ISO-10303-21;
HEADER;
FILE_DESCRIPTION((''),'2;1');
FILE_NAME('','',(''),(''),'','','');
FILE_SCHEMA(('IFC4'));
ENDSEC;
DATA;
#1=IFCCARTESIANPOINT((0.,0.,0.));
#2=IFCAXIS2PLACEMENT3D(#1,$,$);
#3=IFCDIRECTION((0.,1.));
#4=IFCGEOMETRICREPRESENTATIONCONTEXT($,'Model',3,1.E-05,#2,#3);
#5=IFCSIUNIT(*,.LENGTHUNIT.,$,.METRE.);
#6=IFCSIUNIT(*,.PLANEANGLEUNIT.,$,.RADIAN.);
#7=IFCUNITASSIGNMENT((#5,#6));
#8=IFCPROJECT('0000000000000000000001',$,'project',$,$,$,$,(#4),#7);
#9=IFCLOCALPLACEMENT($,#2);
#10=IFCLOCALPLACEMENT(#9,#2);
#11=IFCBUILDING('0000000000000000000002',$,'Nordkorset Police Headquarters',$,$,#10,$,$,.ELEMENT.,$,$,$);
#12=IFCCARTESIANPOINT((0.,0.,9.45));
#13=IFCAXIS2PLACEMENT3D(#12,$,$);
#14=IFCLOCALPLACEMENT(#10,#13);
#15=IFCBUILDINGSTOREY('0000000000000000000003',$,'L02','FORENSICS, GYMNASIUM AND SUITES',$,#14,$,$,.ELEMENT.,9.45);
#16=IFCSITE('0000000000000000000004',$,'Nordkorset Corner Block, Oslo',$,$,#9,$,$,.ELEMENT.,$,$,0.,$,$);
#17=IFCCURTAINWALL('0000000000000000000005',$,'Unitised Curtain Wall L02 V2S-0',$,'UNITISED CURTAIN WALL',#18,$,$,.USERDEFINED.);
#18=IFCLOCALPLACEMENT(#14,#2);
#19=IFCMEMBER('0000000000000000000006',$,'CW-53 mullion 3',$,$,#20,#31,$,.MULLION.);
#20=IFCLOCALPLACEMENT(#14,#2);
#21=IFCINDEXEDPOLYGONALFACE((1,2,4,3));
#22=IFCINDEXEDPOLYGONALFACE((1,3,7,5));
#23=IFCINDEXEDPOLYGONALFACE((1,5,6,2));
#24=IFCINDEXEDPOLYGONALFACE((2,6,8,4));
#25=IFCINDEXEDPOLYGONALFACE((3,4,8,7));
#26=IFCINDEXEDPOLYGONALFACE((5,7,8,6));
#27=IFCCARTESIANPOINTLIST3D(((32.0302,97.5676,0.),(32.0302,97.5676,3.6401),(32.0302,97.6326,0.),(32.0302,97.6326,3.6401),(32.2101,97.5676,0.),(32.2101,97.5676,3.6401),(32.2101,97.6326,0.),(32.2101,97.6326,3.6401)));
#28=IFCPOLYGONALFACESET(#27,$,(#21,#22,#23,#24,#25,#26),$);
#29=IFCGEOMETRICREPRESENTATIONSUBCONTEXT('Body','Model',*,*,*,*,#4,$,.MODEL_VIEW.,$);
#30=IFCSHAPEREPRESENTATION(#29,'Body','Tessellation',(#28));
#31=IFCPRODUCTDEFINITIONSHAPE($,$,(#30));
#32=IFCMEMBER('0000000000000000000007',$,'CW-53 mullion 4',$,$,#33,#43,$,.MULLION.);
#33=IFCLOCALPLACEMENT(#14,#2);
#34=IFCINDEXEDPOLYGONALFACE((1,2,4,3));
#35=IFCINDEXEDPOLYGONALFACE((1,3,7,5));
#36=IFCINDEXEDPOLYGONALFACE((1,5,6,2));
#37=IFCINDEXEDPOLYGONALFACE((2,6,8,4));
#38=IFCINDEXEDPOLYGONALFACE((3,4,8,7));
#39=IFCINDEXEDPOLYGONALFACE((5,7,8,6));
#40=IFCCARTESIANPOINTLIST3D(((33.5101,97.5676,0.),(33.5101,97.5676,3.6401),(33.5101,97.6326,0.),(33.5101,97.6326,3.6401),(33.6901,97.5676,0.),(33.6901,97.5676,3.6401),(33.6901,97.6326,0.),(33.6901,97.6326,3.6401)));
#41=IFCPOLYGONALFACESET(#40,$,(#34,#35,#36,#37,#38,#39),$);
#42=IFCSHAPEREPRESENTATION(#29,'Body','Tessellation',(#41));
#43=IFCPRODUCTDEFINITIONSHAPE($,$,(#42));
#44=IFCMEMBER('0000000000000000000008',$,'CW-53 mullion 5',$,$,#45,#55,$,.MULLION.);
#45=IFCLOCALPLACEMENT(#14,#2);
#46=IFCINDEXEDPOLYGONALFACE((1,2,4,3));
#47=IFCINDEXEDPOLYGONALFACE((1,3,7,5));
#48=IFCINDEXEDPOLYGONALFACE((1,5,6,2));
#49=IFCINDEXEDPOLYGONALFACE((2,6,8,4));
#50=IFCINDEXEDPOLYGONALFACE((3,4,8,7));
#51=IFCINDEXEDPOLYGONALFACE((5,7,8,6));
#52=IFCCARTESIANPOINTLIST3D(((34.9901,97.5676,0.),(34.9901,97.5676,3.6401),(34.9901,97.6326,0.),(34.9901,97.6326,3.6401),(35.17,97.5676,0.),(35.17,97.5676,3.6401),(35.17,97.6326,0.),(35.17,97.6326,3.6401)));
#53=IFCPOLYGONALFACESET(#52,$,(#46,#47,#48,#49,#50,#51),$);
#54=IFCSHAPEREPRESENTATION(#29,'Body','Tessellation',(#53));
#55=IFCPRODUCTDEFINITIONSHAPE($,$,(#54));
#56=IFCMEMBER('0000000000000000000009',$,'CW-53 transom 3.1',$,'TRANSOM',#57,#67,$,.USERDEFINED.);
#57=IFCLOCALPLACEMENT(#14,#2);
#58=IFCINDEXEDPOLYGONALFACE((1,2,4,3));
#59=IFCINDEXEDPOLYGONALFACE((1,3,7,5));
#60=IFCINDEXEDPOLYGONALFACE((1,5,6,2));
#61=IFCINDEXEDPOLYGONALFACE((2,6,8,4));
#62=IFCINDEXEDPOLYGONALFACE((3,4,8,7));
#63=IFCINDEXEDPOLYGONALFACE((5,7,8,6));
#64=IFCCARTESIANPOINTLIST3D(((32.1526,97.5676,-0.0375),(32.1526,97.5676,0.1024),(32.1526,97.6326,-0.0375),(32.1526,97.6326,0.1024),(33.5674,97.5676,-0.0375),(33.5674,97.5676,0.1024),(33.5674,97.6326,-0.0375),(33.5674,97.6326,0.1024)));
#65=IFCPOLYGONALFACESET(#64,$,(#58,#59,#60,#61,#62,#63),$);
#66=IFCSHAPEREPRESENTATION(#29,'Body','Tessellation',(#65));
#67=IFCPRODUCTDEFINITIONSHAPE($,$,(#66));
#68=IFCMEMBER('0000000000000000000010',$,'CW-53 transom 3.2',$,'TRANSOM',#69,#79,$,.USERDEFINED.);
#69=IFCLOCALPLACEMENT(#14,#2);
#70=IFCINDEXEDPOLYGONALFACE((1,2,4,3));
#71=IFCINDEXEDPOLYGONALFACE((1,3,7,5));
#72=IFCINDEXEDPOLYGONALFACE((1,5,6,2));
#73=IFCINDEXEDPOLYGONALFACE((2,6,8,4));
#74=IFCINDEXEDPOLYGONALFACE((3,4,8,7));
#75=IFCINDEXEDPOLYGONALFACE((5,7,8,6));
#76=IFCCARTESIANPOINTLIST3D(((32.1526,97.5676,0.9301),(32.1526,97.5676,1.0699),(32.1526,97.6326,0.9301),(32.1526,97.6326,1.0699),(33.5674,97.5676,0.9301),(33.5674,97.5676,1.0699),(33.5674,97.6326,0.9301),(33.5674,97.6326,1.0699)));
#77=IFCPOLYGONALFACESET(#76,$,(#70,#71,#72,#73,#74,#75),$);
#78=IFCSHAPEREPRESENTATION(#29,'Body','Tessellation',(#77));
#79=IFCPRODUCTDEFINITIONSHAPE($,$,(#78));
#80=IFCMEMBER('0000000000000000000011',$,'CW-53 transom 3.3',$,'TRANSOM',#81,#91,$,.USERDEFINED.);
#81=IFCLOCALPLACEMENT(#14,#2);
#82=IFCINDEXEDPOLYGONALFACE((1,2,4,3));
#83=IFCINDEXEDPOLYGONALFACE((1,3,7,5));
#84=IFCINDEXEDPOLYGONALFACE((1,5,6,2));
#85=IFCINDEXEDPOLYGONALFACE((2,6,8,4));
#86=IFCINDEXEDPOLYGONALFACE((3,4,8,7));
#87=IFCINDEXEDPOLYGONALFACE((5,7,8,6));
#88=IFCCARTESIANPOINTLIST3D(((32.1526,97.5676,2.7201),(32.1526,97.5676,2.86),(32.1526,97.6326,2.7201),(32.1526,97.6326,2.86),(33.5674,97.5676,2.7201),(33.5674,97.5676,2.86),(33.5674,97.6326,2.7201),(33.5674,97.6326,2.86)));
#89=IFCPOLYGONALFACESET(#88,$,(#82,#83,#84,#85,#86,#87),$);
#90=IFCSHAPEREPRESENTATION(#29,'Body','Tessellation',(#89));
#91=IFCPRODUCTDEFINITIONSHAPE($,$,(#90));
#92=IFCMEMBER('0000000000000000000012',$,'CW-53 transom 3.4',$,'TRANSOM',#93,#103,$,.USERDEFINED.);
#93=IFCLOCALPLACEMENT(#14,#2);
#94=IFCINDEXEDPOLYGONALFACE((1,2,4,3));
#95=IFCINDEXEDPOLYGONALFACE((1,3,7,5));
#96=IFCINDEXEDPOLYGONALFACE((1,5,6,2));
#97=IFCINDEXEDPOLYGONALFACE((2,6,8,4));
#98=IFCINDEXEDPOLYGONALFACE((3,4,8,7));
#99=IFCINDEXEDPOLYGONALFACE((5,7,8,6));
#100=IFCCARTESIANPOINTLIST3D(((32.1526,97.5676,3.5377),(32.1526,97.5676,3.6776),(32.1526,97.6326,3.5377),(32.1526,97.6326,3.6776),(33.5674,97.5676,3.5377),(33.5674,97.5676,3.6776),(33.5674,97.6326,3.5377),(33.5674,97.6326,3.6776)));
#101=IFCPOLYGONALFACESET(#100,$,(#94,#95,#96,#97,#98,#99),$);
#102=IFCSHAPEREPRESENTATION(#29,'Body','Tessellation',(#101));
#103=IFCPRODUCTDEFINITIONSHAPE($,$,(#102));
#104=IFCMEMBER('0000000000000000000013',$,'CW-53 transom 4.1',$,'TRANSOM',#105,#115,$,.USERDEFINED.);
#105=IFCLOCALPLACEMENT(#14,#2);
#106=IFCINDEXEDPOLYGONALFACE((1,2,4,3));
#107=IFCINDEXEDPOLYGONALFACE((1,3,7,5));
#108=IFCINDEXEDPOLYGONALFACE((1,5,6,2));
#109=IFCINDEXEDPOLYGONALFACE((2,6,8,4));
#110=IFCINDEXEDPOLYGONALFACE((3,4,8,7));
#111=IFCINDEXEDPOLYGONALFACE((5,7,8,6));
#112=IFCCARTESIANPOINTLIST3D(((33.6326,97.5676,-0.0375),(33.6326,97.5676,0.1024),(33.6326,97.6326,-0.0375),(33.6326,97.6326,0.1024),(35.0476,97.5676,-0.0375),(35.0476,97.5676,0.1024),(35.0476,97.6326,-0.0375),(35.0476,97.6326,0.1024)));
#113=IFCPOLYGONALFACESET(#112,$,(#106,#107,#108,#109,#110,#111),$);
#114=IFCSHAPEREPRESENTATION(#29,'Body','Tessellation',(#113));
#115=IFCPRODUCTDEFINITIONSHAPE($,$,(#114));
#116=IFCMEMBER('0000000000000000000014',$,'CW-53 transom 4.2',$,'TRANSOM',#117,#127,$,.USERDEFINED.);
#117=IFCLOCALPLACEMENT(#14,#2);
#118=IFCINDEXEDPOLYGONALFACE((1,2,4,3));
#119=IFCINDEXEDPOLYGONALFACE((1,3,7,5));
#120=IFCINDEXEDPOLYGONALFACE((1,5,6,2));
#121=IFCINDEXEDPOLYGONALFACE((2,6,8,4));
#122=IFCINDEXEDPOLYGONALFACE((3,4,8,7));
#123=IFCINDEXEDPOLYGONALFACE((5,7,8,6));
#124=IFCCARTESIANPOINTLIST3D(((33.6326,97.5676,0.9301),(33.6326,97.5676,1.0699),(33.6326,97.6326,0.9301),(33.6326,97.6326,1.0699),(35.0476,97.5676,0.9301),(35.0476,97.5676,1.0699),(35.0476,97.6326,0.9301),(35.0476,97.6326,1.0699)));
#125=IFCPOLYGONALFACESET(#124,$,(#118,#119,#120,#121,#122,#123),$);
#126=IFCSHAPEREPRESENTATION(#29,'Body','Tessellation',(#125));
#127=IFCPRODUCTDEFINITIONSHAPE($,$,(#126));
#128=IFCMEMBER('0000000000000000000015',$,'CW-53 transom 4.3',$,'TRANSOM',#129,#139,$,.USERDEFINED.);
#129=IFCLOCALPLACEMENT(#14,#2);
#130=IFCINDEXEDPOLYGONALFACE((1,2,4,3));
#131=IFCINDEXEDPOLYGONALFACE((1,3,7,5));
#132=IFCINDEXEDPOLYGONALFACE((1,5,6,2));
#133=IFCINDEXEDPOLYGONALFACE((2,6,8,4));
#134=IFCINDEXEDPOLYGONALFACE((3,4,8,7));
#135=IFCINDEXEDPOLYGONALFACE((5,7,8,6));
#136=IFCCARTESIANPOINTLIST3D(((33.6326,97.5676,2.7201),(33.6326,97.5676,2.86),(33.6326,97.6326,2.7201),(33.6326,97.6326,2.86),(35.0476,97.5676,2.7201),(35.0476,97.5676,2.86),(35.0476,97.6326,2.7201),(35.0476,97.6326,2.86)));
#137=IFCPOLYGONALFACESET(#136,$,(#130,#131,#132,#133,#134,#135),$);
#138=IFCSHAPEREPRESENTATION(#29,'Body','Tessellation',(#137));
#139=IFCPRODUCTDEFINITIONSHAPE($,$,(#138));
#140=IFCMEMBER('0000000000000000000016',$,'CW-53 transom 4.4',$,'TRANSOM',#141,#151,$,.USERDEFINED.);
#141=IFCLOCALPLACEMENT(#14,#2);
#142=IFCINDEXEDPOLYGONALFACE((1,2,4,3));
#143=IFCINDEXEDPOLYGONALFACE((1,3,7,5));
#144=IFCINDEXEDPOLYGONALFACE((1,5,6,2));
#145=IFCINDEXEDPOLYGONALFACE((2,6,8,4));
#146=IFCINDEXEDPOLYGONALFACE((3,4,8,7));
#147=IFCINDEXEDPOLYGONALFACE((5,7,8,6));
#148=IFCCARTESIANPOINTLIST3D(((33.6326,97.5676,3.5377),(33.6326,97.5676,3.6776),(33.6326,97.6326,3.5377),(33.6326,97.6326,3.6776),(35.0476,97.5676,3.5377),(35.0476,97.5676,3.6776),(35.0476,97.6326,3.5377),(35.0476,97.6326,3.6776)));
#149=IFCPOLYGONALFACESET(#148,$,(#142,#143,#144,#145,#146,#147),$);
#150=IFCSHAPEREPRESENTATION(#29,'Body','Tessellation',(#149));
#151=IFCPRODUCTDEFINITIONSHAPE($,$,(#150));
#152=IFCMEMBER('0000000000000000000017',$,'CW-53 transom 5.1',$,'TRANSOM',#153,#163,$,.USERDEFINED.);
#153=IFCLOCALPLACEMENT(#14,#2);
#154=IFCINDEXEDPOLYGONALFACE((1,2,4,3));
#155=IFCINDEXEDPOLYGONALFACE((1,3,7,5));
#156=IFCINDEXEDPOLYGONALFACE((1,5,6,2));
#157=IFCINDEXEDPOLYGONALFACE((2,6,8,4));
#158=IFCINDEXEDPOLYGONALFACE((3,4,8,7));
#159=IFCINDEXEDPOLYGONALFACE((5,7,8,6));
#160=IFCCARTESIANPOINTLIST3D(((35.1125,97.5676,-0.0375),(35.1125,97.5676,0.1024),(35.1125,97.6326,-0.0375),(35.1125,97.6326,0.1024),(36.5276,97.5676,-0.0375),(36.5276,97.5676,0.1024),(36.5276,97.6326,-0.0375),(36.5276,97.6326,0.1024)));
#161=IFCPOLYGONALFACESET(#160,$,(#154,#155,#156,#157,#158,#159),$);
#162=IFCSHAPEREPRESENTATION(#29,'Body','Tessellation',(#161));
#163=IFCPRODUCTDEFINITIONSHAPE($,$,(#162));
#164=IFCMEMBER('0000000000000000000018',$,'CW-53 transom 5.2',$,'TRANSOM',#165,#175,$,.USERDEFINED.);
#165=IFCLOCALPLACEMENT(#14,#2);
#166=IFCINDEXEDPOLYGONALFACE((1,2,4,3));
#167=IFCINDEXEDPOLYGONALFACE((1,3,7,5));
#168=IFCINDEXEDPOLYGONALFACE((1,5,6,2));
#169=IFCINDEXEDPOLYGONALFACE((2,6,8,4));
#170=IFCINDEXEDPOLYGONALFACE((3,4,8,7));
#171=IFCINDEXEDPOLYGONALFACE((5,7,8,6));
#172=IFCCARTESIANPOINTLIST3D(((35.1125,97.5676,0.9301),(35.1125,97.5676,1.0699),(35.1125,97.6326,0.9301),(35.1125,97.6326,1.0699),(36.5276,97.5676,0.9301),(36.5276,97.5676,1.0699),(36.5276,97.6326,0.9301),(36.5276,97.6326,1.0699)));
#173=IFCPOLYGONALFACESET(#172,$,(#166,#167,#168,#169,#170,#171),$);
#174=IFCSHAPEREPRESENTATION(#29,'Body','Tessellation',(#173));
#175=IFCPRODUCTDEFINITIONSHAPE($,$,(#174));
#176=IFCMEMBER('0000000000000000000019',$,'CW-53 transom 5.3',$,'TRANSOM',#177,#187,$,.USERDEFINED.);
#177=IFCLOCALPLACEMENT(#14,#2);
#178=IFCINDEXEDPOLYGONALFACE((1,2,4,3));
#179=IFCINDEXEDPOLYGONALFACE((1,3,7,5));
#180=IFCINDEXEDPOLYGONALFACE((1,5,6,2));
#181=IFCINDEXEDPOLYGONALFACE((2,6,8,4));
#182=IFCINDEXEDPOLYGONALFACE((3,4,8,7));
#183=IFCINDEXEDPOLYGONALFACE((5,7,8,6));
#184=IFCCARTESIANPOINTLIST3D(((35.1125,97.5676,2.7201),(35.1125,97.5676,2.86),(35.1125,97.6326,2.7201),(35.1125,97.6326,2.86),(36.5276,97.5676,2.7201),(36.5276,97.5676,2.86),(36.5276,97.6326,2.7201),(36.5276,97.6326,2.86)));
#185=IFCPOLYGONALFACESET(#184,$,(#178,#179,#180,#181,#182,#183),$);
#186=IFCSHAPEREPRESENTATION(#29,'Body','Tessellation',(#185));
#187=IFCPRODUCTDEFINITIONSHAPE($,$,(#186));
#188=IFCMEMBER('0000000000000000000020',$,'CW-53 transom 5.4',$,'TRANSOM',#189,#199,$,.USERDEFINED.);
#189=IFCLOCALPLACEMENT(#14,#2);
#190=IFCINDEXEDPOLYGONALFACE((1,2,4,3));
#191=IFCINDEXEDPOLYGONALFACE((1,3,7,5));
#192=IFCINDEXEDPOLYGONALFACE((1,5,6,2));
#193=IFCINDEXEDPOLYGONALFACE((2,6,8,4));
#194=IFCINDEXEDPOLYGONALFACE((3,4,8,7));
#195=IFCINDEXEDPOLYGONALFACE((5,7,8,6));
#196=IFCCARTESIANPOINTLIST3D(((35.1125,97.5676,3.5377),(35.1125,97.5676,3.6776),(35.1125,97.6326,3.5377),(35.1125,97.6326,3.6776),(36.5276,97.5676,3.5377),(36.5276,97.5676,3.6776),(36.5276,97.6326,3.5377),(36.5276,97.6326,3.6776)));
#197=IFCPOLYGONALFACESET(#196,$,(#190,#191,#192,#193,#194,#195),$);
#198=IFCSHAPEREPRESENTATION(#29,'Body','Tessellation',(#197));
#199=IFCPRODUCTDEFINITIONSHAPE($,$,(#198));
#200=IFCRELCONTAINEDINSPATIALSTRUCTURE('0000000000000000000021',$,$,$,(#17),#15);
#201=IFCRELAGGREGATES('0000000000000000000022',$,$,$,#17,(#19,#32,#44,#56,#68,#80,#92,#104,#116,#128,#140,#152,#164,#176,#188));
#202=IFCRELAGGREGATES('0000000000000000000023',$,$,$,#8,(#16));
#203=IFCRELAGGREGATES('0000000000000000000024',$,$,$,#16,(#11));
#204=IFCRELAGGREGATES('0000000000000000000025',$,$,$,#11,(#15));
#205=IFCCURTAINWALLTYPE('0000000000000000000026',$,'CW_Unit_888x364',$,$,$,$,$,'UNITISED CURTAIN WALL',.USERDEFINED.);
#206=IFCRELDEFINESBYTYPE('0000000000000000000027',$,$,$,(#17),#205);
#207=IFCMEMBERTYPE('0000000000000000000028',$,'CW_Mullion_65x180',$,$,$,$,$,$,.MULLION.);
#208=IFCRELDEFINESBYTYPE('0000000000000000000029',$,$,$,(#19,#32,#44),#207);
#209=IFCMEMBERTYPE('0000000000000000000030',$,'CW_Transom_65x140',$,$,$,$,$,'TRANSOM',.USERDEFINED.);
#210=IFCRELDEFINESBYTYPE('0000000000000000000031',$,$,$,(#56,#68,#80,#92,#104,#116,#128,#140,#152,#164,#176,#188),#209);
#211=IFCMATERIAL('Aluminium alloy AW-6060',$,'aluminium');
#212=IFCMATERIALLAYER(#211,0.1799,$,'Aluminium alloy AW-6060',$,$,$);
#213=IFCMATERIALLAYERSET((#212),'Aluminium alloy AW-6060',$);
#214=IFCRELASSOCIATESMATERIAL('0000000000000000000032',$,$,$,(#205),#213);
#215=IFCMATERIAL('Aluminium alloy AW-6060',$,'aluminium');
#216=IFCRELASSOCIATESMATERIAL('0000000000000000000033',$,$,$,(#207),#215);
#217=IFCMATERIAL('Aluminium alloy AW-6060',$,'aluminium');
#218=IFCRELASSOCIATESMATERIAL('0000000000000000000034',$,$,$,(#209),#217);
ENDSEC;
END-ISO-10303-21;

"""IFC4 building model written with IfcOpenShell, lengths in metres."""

from ifc_helpers import new_model, si_unit, direction, frame, origin, origin_2d, place, context, subcontext, project, spatial, rectangle, extrude, material, layer, layer_set, material_profile, profile_set, type_object, element, aggregate, save


model = new_model("IFC4")

# Units and contexts
model_context = context("Model", 3, precision=1e-05, world=origin(), true_north=direction((0.0, 1.0)))
body_context = subcontext(model_context, "Body", "Model", "MODEL_VIEW")
ifc_project = project(units=[si_unit("LENGTHUNIT", "METRE"), si_unit("PLANEANGLEUNIT", "RADIAN")], contexts=[model_context])

# Site, building, storey
site_placement = place(None, origin())
site = spatial("IfcSite", under=ifc_project, at=site_placement, Name="Nordkorset Corner Block, Oslo", CompositionType="ELEMENT", RefElevation=0.0)
building_placement = place(site_placement, origin())
building = spatial("IfcBuilding", under=site, at=building_placement, Name="Nordkorset Police Headquarters", CompositionType="ELEMENT")
storey_placement = place(building_placement, frame((0.0, 0.0, 9.45)))
storey = spatial("IfcBuildingStorey", under=building, at=storey_placement, Name="L02", Description="FORENSICS, GYMNASIUM AND SUITES", CompositionType="ELEMENT", Elevation=9.45)

# Curtain wall, members
ifc_material_1 = material(Name="Aluminium alloy AW-6060", Category="aluminium")
ifc_layer_1 = layer(ifc_material_1, 0.1799, Name="Aluminium alloy AW-6060")
ifc_layer_set_1 = layer_set([ifc_layer_1], Name="Aluminium alloy AW-6060")
curtain_wall_type = type_object("IfcCurtainWallType", Name="CW_Unit_888x364", ElementType="UNITISED CURTAIN WALL", PredefinedType="USERDEFINED", material=ifc_layer_set_1)
curtain_wall_placement = place(storey_placement, origin())
curtain_wall = element("IfcCurtainWall", 1, at=curtain_wall_placement, inside=storey, type_object=curtain_wall_type, Name="Unitised Curtain Wall L02 V2S-0", ObjectType="UNITISED CURTAIN WALL", PredefinedType="USERDEFINED")
ifc_material_2 = material(Name="Aluminium alloy AW-6060", Category="aluminium")
ifc_material_profile_1 = material_profile(ifc_material_2, rectangle(XDim=0.0649, YDim=0.1799, at=origin_2d()), Name="ALU MULL 65x180")
ifc_profile_set_1 = profile_set([ifc_material_profile_1], Name="Aluminium alloy AW-6060")
member_type_1 = type_object("IfcMemberType", Name="CW_Mullion_65x180", PredefinedType="MULLION", material=ifc_profile_set_1)
member_1_placement = place(storey_placement, frame((32.1201, 97.6001, 0.0), z_axis=(0.0, 0.0, 1.0), x_axis=(0.0, 1.0, 0.0)))
member_1 = element("IfcMember", 2, at=member_1_placement, type_object=member_type_1, Name="CW-53 mullion 3", PredefinedType="MULLION", context=body_context, shape_type="SweptSolid", body=[
    extrude(rectangle(XDim=0.0649, YDim=0.1799, at=origin_2d()), origin(), (0.0, 0.0, 1.0), 3.6401),
])
member_2_placement = place(storey_placement, frame((33.6001, 97.6001, 0.0), z_axis=(0.0, 0.0, 1.0), x_axis=(0.0, 1.0, 0.0)))
member_2 = element("IfcMember", 3, at=member_2_placement, type_object=member_type_1, Name="CW-53 mullion 4", PredefinedType="MULLION", context=body_context, shape_type="SweptSolid", body=[
    extrude(rectangle(XDim=0.0649, YDim=0.1799, at=origin_2d()), origin(), (0.0, 0.0, 1.0), 3.6401),
])
member_3_placement = place(storey_placement, frame((35.0801, 97.6001, 0.0), z_axis=(0.0, 0.0, 1.0), x_axis=(0.0, 1.0, 0.0)))
member_3 = element("IfcMember", 4, at=member_3_placement, type_object=member_type_1, Name="CW-53 mullion 5", PredefinedType="MULLION", context=body_context, shape_type="SweptSolid", body=[
    extrude(rectangle(XDim=0.0649, YDim=0.1799, at=origin_2d()), origin(), (0.0, 0.0, 1.0), 3.6401),
])
ifc_material_3 = material(Name="Aluminium alloy AW-6060", Category="aluminium")
ifc_material_profile_2 = material_profile(ifc_material_3, rectangle(XDim=0.0649, YDim=0.1399, at=origin_2d()), Name="ALU TRAN 65x140")
ifc_profile_set_2 = profile_set([ifc_material_profile_2], Name="Aluminium alloy AW-6060")
member_type_2 = type_object("IfcMemberType", Name="CW_Transom_65x140", ElementType="TRANSOM", PredefinedType="USERDEFINED", material=ifc_profile_set_2)
member_4_placement = place(storey_placement, frame((32.1526, 97.6001, 0.0325), z_axis=(1.0, 0.0, 0.0), x_axis=(0.0, 1.0, 0.0)))
member_4 = element("IfcMember", 5, at=member_4_placement, type_object=member_type_2, Name="CW-53 transom 3.1", ObjectType="TRANSOM", PredefinedType="USERDEFINED", context=body_context, shape_type="SweptSolid", body=[
    extrude(rectangle(XDim=0.0649, YDim=0.1399, at=origin_2d()), origin(), (0.0, 0.0, 1.0), 1.4148),
])
member_5_placement = place(storey_placement, frame((32.1526, 97.6001, 1.0), z_axis=(1.0, 0.0, 0.0), x_axis=(0.0, 1.0, 0.0)))
member_5 = element("IfcMember", 6, at=member_5_placement, type_object=member_type_2, Name="CW-53 transom 3.2", ObjectType="TRANSOM", PredefinedType="USERDEFINED", context=body_context, shape_type="SweptSolid", body=[
    extrude(rectangle(XDim=0.0649, YDim=0.1399, at=origin_2d()), origin(), (0.0, 0.0, 1.0), 1.4148),
])
member_6_placement = place(storey_placement, frame((32.1526, 97.6001, 2.79), z_axis=(1.0, 0.0, 0.0), x_axis=(0.0, 1.0, 0.0)))
member_6 = element("IfcMember", 7, at=member_6_placement, type_object=member_type_2, Name="CW-53 transom 3.3", ObjectType="TRANSOM", PredefinedType="USERDEFINED", context=body_context, shape_type="SweptSolid", body=[
    extrude(rectangle(XDim=0.0649, YDim=0.1399, at=origin_2d()), origin(), (0.0, 0.0, 1.0), 1.4148),
])
member_7_placement = place(storey_placement, frame((32.1526, 97.6001, 3.6077), z_axis=(1.0, 0.0, 0.0), x_axis=(0.0, 1.0, 0.0)))
member_7 = element("IfcMember", 8, at=member_7_placement, type_object=member_type_2, Name="CW-53 transom 3.4", ObjectType="TRANSOM", PredefinedType="USERDEFINED", context=body_context, shape_type="SweptSolid", body=[
    extrude(rectangle(XDim=0.0649, YDim=0.1399, at=origin_2d()), origin(), (0.0, 0.0, 1.0), 1.4148),
])
member_8_placement = place(storey_placement, frame((33.6326, 97.6001, 0.0325), z_axis=(1.0, 0.0, 0.0), x_axis=(0.0, 1.0, 0.0)))
member_8 = element("IfcMember", 9, at=member_8_placement, type_object=member_type_2, Name="CW-53 transom 4.1", ObjectType="TRANSOM", PredefinedType="USERDEFINED", context=body_context, shape_type="SweptSolid", body=[
    extrude(rectangle(XDim=0.0649, YDim=0.1399, at=origin_2d()), origin(), (0.0, 0.0, 1.0), 1.415),
])
member_9_placement = place(storey_placement, frame((33.6326, 97.6001, 1.0), z_axis=(1.0, 0.0, 0.0), x_axis=(0.0, 1.0, 0.0)))
member_9 = element("IfcMember", 10, at=member_9_placement, type_object=member_type_2, Name="CW-53 transom 4.2", ObjectType="TRANSOM", PredefinedType="USERDEFINED", context=body_context, shape_type="SweptSolid", body=[
    extrude(rectangle(XDim=0.0649, YDim=0.1399, at=origin_2d()), origin(), (0.0, 0.0, 1.0), 1.415),
])
member_10_placement = place(storey_placement, frame((33.6326, 97.6001, 2.79), z_axis=(1.0, 0.0, 0.0), x_axis=(0.0, 1.0, 0.0)))
member_10 = element("IfcMember", 11, at=member_10_placement, type_object=member_type_2, Name="CW-53 transom 4.3", ObjectType="TRANSOM", PredefinedType="USERDEFINED", context=body_context, shape_type="SweptSolid", body=[
    extrude(rectangle(XDim=0.0649, YDim=0.1399, at=origin_2d()), origin(), (0.0, 0.0, 1.0), 1.415),
])
member_11_placement = place(storey_placement, frame((33.6326, 97.6001, 3.6077), z_axis=(1.0, 0.0, 0.0), x_axis=(0.0, 1.0, 0.0)))
member_11 = element("IfcMember", 12, at=member_11_placement, type_object=member_type_2, Name="CW-53 transom 4.4", ObjectType="TRANSOM", PredefinedType="USERDEFINED", context=body_context, shape_type="SweptSolid", body=[
    extrude(rectangle(XDim=0.0649, YDim=0.1399, at=origin_2d()), origin(), (0.0, 0.0, 1.0), 1.415),
])
member_12_placement = place(storey_placement, frame((35.1125, 97.6001, 0.0325), z_axis=(1.0, 0.0, 0.0), x_axis=(0.0, 1.0, 0.0)))
member_12 = element("IfcMember", 13, at=member_12_placement, type_object=member_type_2, Name="CW-53 transom 5.1", ObjectType="TRANSOM", PredefinedType="USERDEFINED", context=body_context, shape_type="SweptSolid", body=[
    extrude(rectangle(XDim=0.0649, YDim=0.1399, at=origin_2d()), origin(), (0.0, 0.0, 1.0), 1.415),
])
member_13_placement = place(storey_placement, frame((35.1125, 97.6001, 1.0), z_axis=(1.0, 0.0, 0.0), x_axis=(0.0, 1.0, 0.0)))
member_13 = element("IfcMember", 14, at=member_13_placement, type_object=member_type_2, Name="CW-53 transom 5.2", ObjectType="TRANSOM", PredefinedType="USERDEFINED", context=body_context, shape_type="SweptSolid", body=[
    extrude(rectangle(XDim=0.0649, YDim=0.1399, at=origin_2d()), origin(), (0.0, 0.0, 1.0), 1.415),
])
member_14_placement = place(storey_placement, frame((35.1125, 97.6001, 2.79), z_axis=(1.0, 0.0, 0.0), x_axis=(0.0, 1.0, 0.0)))
member_14 = element("IfcMember", 15, at=member_14_placement, type_object=member_type_2, Name="CW-53 transom 5.3", ObjectType="TRANSOM", PredefinedType="USERDEFINED", context=body_context, shape_type="SweptSolid", body=[
    extrude(rectangle(XDim=0.0649, YDim=0.1399, at=origin_2d()), origin(), (0.0, 0.0, 1.0), 1.415),
])
member_15_placement = place(storey_placement, frame((35.1125, 97.6001, 3.6077), z_axis=(1.0, 0.0, 0.0), x_axis=(0.0, 1.0, 0.0)))
member_15 = element("IfcMember", 16, at=member_15_placement, type_object=member_type_2, Name="CW-53 transom 5.4", ObjectType="TRANSOM", PredefinedType="USERDEFINED", context=body_context, shape_type="SweptSolid", body=[
    extrude(rectangle(XDim=0.0649, YDim=0.1399, at=origin_2d()), origin(), (0.0, 0.0, 1.0), 1.415),
])
aggregate(curtain_wall, [member_1, member_2, member_3, member_4, member_5, member_6, member_7, member_8, member_9, member_10, member_11, member_12, member_13, member_14, member_15])

save(model, "model.ifc")
